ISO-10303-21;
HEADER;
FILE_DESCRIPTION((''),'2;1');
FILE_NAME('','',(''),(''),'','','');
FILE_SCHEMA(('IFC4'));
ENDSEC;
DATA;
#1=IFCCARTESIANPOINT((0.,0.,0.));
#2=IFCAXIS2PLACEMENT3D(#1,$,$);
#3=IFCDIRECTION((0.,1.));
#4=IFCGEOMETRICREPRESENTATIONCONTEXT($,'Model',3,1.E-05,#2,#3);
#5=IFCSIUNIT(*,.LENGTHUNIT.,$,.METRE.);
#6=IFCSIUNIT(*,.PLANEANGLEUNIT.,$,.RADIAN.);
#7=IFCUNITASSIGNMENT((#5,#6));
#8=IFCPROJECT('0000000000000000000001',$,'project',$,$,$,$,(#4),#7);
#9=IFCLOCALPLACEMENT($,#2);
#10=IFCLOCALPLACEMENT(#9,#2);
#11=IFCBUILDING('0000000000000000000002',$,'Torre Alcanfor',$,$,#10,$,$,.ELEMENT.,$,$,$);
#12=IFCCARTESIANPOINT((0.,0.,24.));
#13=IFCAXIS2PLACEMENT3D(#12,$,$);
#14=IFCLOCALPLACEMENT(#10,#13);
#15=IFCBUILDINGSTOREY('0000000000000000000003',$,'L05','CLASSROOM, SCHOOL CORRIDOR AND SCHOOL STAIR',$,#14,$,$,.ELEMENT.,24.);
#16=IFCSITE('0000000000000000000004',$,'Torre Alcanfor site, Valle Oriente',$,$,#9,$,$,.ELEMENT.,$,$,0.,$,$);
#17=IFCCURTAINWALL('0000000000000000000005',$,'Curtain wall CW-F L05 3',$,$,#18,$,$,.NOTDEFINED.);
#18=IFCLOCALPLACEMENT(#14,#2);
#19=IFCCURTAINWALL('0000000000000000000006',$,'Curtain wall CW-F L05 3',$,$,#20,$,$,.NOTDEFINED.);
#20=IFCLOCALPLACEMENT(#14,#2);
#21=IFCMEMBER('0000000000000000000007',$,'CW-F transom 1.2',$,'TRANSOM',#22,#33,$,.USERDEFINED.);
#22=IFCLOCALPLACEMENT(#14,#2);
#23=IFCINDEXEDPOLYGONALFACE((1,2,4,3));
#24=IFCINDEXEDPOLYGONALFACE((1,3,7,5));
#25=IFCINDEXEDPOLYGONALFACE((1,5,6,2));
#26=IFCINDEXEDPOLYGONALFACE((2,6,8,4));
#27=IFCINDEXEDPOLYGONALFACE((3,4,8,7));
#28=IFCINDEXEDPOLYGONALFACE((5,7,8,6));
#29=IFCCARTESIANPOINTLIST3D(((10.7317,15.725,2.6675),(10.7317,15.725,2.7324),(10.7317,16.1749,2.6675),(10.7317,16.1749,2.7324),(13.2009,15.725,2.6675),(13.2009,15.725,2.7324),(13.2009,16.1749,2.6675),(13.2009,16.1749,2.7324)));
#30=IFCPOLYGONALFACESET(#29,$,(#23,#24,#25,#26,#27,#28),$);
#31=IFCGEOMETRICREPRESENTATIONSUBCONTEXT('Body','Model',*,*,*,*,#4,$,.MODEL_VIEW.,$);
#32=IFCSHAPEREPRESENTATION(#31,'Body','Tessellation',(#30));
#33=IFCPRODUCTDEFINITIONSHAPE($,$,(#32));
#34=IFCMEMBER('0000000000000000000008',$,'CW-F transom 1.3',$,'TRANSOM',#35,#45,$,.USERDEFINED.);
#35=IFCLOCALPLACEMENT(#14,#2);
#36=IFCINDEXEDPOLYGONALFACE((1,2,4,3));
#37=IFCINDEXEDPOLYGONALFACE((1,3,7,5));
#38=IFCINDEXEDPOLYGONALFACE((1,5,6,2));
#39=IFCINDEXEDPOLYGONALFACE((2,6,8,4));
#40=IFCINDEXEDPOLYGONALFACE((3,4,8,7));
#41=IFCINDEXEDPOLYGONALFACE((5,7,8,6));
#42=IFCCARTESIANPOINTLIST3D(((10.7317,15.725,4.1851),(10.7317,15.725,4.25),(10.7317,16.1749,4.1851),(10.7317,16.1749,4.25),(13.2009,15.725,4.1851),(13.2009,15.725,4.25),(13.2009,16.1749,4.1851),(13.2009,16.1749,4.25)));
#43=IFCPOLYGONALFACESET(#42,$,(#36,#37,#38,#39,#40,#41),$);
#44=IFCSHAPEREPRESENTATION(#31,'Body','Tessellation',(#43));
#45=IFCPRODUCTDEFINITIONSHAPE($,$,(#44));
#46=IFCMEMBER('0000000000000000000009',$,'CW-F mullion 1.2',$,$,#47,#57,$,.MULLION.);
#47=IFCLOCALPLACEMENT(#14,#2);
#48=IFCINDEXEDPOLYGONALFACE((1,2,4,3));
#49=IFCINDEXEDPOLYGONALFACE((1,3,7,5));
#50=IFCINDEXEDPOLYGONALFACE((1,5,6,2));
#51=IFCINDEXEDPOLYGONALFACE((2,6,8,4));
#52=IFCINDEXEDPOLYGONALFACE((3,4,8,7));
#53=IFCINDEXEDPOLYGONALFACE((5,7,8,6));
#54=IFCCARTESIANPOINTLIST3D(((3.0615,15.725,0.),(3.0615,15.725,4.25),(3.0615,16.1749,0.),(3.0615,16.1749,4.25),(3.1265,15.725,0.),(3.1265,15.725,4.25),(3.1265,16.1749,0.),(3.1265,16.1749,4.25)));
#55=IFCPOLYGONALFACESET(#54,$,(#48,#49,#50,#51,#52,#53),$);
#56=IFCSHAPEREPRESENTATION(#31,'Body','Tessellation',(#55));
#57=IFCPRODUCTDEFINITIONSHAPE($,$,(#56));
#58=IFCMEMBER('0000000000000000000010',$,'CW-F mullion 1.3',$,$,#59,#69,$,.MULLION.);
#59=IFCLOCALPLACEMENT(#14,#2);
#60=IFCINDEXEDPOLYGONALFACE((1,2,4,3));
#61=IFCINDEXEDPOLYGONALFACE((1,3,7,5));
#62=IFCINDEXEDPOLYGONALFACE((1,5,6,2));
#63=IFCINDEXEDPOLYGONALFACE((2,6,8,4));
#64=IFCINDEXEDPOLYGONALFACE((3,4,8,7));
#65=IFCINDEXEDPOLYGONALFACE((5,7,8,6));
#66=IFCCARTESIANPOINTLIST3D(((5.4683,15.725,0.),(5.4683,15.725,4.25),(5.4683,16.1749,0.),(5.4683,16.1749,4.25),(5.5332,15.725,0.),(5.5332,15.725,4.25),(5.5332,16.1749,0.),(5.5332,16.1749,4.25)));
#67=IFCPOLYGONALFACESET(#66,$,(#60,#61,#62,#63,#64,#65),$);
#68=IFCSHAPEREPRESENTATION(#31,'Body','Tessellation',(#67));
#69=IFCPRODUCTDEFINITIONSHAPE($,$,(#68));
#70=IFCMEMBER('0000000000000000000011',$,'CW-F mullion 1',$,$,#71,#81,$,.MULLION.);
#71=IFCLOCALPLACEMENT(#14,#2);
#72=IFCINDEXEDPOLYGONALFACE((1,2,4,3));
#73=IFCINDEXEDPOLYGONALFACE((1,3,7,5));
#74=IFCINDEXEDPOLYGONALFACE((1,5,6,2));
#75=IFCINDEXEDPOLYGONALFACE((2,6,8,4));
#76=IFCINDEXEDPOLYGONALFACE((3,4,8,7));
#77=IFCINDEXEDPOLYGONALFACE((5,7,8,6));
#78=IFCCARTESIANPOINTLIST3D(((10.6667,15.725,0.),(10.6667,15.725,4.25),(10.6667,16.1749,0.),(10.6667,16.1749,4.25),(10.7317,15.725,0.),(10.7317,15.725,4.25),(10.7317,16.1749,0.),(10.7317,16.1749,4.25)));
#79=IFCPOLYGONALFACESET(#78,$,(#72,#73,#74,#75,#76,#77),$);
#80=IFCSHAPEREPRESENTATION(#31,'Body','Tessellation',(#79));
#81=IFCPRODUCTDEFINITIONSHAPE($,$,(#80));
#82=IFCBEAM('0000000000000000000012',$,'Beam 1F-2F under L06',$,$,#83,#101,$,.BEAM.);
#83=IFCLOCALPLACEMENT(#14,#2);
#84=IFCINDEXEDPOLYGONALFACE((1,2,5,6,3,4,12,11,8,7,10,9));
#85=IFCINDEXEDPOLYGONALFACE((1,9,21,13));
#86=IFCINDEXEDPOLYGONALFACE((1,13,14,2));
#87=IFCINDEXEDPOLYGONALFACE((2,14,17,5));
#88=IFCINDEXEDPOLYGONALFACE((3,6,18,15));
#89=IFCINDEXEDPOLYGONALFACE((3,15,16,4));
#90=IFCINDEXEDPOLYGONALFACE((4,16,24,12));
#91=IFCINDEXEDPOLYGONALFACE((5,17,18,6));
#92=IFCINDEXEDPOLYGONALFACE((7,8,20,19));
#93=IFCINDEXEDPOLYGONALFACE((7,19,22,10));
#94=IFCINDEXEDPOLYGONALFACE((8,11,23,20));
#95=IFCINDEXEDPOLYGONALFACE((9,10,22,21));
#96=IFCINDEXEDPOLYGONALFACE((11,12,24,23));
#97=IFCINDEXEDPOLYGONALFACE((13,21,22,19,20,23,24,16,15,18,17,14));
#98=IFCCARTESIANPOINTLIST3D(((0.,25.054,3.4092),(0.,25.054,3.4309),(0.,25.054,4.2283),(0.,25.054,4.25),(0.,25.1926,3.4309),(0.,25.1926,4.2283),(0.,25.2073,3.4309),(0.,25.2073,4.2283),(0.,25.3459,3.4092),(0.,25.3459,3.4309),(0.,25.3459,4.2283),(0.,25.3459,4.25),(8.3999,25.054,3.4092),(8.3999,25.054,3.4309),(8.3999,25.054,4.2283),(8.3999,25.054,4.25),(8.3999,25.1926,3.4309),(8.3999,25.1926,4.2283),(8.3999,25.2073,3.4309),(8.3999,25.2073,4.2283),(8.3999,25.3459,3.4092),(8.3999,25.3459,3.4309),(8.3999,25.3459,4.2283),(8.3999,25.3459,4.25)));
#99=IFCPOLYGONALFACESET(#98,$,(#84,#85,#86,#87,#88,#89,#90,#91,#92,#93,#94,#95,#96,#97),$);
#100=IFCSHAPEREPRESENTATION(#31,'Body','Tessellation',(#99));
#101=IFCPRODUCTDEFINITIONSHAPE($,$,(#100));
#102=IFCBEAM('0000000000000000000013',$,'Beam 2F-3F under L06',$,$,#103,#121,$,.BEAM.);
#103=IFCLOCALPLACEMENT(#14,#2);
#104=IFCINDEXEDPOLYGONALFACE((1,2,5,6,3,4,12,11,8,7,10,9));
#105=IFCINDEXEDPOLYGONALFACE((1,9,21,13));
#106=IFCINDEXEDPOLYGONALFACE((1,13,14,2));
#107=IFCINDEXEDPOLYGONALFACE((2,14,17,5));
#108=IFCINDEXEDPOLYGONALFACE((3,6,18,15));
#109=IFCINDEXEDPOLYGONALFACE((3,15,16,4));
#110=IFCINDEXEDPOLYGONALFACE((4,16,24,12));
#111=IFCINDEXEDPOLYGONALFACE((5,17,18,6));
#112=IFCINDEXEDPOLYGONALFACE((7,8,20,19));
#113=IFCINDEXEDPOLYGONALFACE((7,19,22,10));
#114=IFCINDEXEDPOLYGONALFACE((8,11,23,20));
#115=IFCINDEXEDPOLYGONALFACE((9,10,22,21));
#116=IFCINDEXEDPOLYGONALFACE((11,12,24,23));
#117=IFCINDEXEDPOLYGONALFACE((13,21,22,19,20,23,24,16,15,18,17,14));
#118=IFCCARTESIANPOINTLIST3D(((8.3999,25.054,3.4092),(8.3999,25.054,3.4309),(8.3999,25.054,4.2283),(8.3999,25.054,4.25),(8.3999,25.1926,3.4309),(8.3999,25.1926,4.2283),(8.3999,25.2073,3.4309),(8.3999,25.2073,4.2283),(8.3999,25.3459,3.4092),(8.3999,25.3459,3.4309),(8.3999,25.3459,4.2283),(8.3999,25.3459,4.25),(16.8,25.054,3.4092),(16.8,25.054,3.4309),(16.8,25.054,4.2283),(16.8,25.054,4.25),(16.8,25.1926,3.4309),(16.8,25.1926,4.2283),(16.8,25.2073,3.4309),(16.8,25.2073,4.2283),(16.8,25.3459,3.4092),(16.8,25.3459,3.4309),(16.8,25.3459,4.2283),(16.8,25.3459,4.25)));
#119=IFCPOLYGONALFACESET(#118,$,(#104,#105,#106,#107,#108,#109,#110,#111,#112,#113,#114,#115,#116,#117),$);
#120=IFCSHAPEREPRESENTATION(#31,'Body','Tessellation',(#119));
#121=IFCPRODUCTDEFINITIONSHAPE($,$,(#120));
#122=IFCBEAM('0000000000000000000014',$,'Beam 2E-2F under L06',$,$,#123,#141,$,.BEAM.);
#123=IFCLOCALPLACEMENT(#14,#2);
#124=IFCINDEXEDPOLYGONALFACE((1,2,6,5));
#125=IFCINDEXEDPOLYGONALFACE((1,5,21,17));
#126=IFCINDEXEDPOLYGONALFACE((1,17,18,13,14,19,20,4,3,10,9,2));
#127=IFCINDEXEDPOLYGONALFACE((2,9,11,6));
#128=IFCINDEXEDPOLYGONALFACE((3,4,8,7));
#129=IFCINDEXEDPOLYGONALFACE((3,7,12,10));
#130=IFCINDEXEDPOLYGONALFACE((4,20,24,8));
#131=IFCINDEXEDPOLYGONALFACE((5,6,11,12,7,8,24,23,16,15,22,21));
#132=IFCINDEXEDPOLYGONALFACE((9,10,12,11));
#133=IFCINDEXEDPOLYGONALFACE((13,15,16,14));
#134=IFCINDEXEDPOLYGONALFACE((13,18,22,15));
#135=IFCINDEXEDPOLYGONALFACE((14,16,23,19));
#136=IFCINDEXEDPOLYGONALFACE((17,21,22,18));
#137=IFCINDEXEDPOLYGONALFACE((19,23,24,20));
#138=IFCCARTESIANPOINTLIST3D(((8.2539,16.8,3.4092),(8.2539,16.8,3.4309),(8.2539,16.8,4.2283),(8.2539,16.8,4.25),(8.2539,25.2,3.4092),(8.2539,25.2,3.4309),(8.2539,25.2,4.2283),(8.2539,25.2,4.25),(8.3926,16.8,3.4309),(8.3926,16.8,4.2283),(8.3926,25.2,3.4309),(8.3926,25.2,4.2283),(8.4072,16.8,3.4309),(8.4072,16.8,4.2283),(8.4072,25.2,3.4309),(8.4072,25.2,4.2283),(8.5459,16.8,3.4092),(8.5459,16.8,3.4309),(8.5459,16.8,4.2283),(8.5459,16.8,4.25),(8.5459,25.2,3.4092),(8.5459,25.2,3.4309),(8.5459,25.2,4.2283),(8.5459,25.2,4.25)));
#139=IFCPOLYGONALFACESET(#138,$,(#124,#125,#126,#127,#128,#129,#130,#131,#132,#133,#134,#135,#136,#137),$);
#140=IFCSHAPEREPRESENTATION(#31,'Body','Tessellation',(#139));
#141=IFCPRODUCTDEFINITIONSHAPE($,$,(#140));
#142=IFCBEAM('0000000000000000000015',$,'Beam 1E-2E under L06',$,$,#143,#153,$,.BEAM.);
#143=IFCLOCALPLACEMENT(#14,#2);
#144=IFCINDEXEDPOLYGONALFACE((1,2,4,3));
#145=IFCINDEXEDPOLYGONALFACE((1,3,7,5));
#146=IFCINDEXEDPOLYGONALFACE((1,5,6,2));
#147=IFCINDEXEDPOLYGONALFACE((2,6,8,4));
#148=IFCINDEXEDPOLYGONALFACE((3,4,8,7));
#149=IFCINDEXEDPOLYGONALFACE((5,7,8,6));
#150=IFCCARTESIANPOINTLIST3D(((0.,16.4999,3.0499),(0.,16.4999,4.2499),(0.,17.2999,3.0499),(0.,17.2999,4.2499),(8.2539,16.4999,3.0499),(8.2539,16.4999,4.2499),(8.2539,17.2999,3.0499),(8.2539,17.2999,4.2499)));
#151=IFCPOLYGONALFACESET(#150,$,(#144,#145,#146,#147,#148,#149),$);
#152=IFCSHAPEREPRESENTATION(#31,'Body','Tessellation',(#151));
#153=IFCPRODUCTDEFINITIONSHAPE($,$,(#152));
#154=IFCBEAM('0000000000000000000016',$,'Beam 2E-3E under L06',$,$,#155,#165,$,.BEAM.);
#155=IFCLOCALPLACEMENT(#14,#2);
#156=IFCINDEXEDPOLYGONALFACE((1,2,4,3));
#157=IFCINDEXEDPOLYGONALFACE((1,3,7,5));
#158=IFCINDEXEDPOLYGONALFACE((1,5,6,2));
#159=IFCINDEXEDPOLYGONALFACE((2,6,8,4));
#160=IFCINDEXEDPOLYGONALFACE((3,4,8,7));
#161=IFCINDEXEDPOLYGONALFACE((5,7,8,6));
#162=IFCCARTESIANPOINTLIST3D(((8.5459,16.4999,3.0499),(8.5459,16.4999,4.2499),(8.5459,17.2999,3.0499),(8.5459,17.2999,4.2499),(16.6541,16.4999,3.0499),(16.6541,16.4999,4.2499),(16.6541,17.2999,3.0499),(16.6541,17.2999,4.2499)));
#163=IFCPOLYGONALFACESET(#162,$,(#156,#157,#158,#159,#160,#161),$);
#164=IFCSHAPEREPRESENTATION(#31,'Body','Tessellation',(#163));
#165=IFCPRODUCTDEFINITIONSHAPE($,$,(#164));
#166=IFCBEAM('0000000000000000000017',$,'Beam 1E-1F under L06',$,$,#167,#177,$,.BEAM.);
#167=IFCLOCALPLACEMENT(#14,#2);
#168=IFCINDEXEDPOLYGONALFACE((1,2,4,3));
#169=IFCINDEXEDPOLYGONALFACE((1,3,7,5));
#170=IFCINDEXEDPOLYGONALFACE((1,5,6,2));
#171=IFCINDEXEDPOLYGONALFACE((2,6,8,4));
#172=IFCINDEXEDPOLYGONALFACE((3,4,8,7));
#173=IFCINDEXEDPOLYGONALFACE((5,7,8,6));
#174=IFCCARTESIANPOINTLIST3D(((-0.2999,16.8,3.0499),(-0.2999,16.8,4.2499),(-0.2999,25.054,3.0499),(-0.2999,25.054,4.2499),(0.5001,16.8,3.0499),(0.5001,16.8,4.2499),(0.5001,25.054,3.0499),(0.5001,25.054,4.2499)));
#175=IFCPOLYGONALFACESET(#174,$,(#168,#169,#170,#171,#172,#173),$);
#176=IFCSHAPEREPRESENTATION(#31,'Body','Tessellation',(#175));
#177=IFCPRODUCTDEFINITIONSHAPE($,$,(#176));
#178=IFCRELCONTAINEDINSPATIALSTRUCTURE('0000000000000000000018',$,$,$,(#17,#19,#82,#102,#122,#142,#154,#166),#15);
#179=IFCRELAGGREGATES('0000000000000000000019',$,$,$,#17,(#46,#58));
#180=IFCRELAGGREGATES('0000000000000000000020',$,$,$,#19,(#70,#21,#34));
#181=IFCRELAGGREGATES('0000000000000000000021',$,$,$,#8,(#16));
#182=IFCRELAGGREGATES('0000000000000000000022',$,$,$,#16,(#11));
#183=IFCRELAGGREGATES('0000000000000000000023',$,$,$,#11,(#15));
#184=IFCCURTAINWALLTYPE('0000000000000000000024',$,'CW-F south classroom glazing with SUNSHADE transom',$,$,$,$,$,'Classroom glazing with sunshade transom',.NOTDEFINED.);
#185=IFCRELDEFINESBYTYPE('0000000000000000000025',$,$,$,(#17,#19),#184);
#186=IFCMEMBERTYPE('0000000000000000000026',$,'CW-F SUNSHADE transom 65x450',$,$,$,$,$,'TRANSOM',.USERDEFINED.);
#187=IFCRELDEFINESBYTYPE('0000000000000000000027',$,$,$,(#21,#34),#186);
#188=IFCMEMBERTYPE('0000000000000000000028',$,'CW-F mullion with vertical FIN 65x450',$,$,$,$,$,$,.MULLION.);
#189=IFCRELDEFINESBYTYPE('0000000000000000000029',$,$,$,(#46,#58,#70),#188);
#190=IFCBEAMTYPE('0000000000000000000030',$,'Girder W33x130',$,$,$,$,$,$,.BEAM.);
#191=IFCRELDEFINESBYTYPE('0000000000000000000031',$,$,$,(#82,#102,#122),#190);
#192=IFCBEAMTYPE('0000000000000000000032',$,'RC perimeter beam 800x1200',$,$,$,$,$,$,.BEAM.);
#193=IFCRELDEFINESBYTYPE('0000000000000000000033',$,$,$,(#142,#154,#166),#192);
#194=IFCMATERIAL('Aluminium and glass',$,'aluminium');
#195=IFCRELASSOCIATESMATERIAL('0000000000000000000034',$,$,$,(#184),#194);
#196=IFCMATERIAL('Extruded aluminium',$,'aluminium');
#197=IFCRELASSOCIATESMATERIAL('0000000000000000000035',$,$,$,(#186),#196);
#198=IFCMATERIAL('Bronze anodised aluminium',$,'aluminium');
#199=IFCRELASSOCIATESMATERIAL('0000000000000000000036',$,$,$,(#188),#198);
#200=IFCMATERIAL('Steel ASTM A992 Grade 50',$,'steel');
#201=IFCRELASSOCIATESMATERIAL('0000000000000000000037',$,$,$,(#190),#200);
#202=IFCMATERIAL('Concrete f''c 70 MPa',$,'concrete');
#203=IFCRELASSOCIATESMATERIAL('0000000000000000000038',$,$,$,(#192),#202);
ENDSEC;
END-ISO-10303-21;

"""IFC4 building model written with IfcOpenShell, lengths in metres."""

from ifc_helpers import new_model, si_unit, direction, frame, origin, origin_2d, place, context, subcontext, project, spatial, rectangle, i_section, extrude, material, material_profile, profile_set, type_object, element, aggregate, save


model = new_model("IFC4")

# Units and contexts
model_context = context("Model", 3, precision=1e-05, world=origin(), true_north=direction((0.0, 1.0)))
body_context = subcontext(model_context, "Body", "Model", "MODEL_VIEW")
ifc_project = project(units=[si_unit("LENGTHUNIT", "METRE"), si_unit("PLANEANGLEUNIT", "RADIAN")], contexts=[model_context])

# Site, building, storey
site_placement = place(None, origin())
site = spatial("IfcSite", under=ifc_project, at=site_placement, Name="Torre Alcanfor site, Valle Oriente", CompositionType="ELEMENT", RefElevation=0.0)
building_placement = place(site_placement, origin())
building = spatial("IfcBuilding", under=site, at=building_placement, Name="Torre Alcanfor", CompositionType="ELEMENT")
storey_placement = place(building_placement, frame((0.0, 0.0, 24.0)))
storey = spatial("IfcBuildingStorey", under=building, at=storey_placement, Name="L05", Description="CLASSROOM, SCHOOL CORRIDOR AND SCHOOL STAIR", CompositionType="ELEMENT", Elevation=24.0)

# Curtain walls, members
ifc_material_1 = material(Name="Aluminium and glass", Category="aluminium")
curtain_wall_type_1 = type_object("IfcCurtainWallType", Name="CW-F south classroom glazing with SUNSHADE transom", ElementType="Classroom glazing with sunshade transom", PredefinedType="NOTDEFINED", material=ifc_material_1)
curtain_wall_1_placement = place(storey_placement, origin())
curtain_wall_1 = element("IfcCurtainWall", 1, at=curtain_wall_1_placement, inside=storey, type_object=curtain_wall_type_1, Name="Curtain wall CW-F L05 3", PredefinedType="NOTDEFINED")
ifc_material_2 = material(Name="Extruded aluminium", Category="aluminium")
ifc_material_profile_1 = material_profile(ifc_material_2, rectangle(XDim=0.45, YDim=0.0649, at=origin_2d()), Name="CW-F transom 450x65")
ifc_profile_set_1 = profile_set([ifc_material_profile_1], Name="Extruded aluminium")
member_type_1 = type_object("IfcMemberType", Name="CW-F SUNSHADE transom 65x450", ElementType="TRANSOM", PredefinedType="USERDEFINED", material=ifc_profile_set_1)
curtain_wall_2_placement = place(storey_placement, origin())
curtain_wall_2 = element("IfcCurtainWall", 2, at=curtain_wall_2_placement, inside=storey, type_object=curtain_wall_type_1, Name="Curtain wall CW-F L05 3", PredefinedType="NOTDEFINED")
member_1_placement = place(storey_placement, frame((10.7317, 15.95, 2.7), z_axis=(1.0, 0.0, 0.0), x_axis=(0.0, 1.0, 0.0)))
member_1 = element("IfcMember", 3, at=member_1_placement, type_object=member_type_1, Name="CW-F transom 1.2", ObjectType="TRANSOM", PredefinedType="USERDEFINED", context=body_context, shape_type="SweptSolid", body=[
    extrude(rectangle(XDim=0.45, YDim=0.0649, at=origin_2d()), origin(), (0.0, 0.0, 1.0), 2.4692),
])
member_2_placement = place(storey_placement, frame((10.7317, 15.95, 4.2175), z_axis=(1.0, 0.0, 0.0), x_axis=(0.0, 1.0, 0.0)))
member_2 = element("IfcMember", 4, at=member_2_placement, type_object=member_type_1, Name="CW-F transom 1.3", ObjectType="TRANSOM", PredefinedType="USERDEFINED", context=body_context, shape_type="SweptSolid", body=[
    extrude(rectangle(XDim=0.45, YDim=0.0649, at=origin_2d()), origin(), (0.0, 0.0, 1.0), 2.4692),
])

# Members
ifc_material_3 = material(Name="Bronze anodised aluminium", Category="aluminium")
ifc_material_profile_2 = material_profile(ifc_material_3, rectangle(XDim=0.45, YDim=0.0649, at=origin_2d()), Name="CW-F mullion 65x450")
ifc_profile_set_2 = profile_set([ifc_material_profile_2], Name="Bronze anodised aluminium")
member_type_2 = type_object("IfcMemberType", Name="CW-F mullion with vertical FIN 65x450", PredefinedType="MULLION", material=ifc_profile_set_2)
member_3_placement = place(storey_placement, frame((3.094, 15.95, 0.0), z_axis=(0.0, 0.0, 1.0), x_axis=(0.0, 1.0, 0.0)))
member_3 = element("IfcMember", 5, at=member_3_placement, type_object=member_type_2, Name="CW-F mullion 1.2", PredefinedType="MULLION", context=body_context, shape_type="SweptSolid", body=[
    extrude(rectangle(XDim=0.45, YDim=0.0649, at=origin_2d()), origin(), (0.0, 0.0, 1.0), 4.25),
])
member_4_placement = place(storey_placement, frame((5.5007, 15.95, 0.0), z_axis=(0.0, 0.0, 1.0), x_axis=(0.0, 1.0, 0.0)))
member_4 = element("IfcMember", 6, at=member_4_placement, type_object=member_type_2, Name="CW-F mullion 1.3", PredefinedType="MULLION", context=body_context, shape_type="SweptSolid", body=[
    extrude(rectangle(XDim=0.45, YDim=0.0649, at=origin_2d()), origin(), (0.0, 0.0, 1.0), 4.25),
])
member_5_placement = place(storey_placement, frame((10.6992, 15.95, 0.0), z_axis=(0.0, 0.0, 1.0), x_axis=(0.0, 1.0, 0.0)))
member_5 = element("IfcMember", 7, at=member_5_placement, type_object=member_type_2, Name="CW-F mullion 1", PredefinedType="MULLION", context=body_context, shape_type="SweptSolid", body=[
    extrude(rectangle(XDim=0.45, YDim=0.0649, at=origin_2d()), origin(), (0.0, 0.0, 1.0), 4.25),
])

# Beams
ifc_material_4 = material(Name="Steel ASTM A992 Grade 50", Category="steel")
ifc_material_profile_3 = material_profile(ifc_material_4, i_section(OverallWidth=0.292, OverallDepth=0.8408, WebThickness=0.0146, FlangeThickness=0.0217, at=origin_2d()), Name="W33x130")
ifc_profile_set_3 = profile_set([ifc_material_profile_3], Name="Steel ASTM A992 Grade 50")
beam_type_1 = type_object("IfcBeamType", Name="Girder W33x130", PredefinedType="BEAM", material=ifc_profile_set_3)
beam_1_placement = place(storey_placement, frame((0.0, 25.2, 3.8296), z_axis=(1.0, 0.0, 0.0), x_axis=(0.0, 1.0, 0.0)))
element("IfcBeam", 8, at=beam_1_placement, inside=storey, type_object=beam_type_1, Name="Beam 1F-2F under L06", PredefinedType="BEAM", context=body_context, shape_type="SweptSolid", body=[
    extrude(i_section(OverallWidth=0.292, OverallDepth=0.8408, WebThickness=0.0146, FlangeThickness=0.0217, at=origin_2d()), origin(), (0.0, 0.0, 1.0), 8.3999),
])
beam_2_placement = place(storey_placement, frame((8.3999, 25.2, 3.8296), z_axis=(1.0, 0.0, 0.0), x_axis=(0.0, 1.0, 0.0)))
element("IfcBeam", 9, at=beam_2_placement, inside=storey, type_object=beam_type_1, Name="Beam 2F-3F under L06", PredefinedType="BEAM", context=body_context, shape_type="SweptSolid", body=[
    extrude(i_section(OverallWidth=0.292, OverallDepth=0.8408, WebThickness=0.0146, FlangeThickness=0.0217, at=origin_2d()), origin(), (0.0, 0.0, 1.0), 8.4001),
])
beam_3_placement = place(storey_placement, frame((8.3999, 16.8, 3.8296), z_axis=(0.0, 1.0, 0.0), x_axis=(-1.0, 0.0, 0.0)))
element("IfcBeam", 10, at=beam_3_placement, inside=storey, type_object=beam_type_1, Name="Beam 2E-2F under L06", PredefinedType="BEAM", context=body_context, shape_type="SweptSolid", body=[
    extrude(i_section(OverallWidth=0.292, OverallDepth=0.8408, WebThickness=0.0146, FlangeThickness=0.0217, at=origin_2d()), origin(), (0.0, 0.0, 1.0), 8.3999),
])
ifc_material_5 = material(Name="Concrete f'c 70 MPa", Category="concrete")
ifc_material_profile_4 = material_profile(ifc_material_5, rectangle(XDim=0.8, YDim=1.2, at=origin_2d()), Name="800x1200")
ifc_profile_set_4 = profile_set([ifc_material_profile_4], Name="Concrete f'c 70 MPa")
beam_type_2 = type_object("IfcBeamType", Name="RC perimeter beam 800x1200", PredefinedType="BEAM", material=ifc_profile_set_4)
beam_4_placement = place(storey_placement, frame((0.0, 16.8999, 3.6499), z_axis=(1.0, 0.0, 0.0), x_axis=(0.0, 1.0, 0.0)))
element("IfcBeam", 11, at=beam_4_placement, inside=storey, type_object=beam_type_2, Name="Beam 1E-2E under L06", PredefinedType="BEAM", context=body_context, shape_type="SweptSolid", body=[
    extrude(rectangle(XDim=0.8, YDim=1.2, at=origin_2d()), origin(), (0.0, 0.0, 1.0), 8.2539),
])
beam_5_placement = place(storey_placement, frame((8.5459, 16.8999, 3.6499), z_axis=(1.0, 0.0, 0.0), x_axis=(0.0, 1.0, 0.0)))
element("IfcBeam", 12, at=beam_5_placement, inside=storey, type_object=beam_type_2, Name="Beam 2E-3E under L06", PredefinedType="BEAM", context=body_context, shape_type="SweptSolid", body=[
    extrude(rectangle(XDim=0.8, YDim=1.2, at=origin_2d()), origin(), (0.0, 0.0, 1.0), 8.1082),
])
beam_6_placement = place(storey_placement, frame((0.1001, 16.8, 3.6499), z_axis=(0.0, 1.0, 0.0), x_axis=(-1.0, 0.0, 0.0)))
element("IfcBeam", 13, at=beam_6_placement, inside=storey, type_object=beam_type_2, Name="Beam 1E-1F under L06", PredefinedType="BEAM", context=body_context, shape_type="SweptSolid", body=[
    extrude(rectangle(XDim=0.8, YDim=1.2, at=origin_2d()), origin(), (0.0, 0.0, 1.0), 8.2539),
])

aggregate(curtain_wall_1, [member_3, member_4])
aggregate(curtain_wall_2, [member_5, member_1, member_2])

save(model, "model.ifc")
